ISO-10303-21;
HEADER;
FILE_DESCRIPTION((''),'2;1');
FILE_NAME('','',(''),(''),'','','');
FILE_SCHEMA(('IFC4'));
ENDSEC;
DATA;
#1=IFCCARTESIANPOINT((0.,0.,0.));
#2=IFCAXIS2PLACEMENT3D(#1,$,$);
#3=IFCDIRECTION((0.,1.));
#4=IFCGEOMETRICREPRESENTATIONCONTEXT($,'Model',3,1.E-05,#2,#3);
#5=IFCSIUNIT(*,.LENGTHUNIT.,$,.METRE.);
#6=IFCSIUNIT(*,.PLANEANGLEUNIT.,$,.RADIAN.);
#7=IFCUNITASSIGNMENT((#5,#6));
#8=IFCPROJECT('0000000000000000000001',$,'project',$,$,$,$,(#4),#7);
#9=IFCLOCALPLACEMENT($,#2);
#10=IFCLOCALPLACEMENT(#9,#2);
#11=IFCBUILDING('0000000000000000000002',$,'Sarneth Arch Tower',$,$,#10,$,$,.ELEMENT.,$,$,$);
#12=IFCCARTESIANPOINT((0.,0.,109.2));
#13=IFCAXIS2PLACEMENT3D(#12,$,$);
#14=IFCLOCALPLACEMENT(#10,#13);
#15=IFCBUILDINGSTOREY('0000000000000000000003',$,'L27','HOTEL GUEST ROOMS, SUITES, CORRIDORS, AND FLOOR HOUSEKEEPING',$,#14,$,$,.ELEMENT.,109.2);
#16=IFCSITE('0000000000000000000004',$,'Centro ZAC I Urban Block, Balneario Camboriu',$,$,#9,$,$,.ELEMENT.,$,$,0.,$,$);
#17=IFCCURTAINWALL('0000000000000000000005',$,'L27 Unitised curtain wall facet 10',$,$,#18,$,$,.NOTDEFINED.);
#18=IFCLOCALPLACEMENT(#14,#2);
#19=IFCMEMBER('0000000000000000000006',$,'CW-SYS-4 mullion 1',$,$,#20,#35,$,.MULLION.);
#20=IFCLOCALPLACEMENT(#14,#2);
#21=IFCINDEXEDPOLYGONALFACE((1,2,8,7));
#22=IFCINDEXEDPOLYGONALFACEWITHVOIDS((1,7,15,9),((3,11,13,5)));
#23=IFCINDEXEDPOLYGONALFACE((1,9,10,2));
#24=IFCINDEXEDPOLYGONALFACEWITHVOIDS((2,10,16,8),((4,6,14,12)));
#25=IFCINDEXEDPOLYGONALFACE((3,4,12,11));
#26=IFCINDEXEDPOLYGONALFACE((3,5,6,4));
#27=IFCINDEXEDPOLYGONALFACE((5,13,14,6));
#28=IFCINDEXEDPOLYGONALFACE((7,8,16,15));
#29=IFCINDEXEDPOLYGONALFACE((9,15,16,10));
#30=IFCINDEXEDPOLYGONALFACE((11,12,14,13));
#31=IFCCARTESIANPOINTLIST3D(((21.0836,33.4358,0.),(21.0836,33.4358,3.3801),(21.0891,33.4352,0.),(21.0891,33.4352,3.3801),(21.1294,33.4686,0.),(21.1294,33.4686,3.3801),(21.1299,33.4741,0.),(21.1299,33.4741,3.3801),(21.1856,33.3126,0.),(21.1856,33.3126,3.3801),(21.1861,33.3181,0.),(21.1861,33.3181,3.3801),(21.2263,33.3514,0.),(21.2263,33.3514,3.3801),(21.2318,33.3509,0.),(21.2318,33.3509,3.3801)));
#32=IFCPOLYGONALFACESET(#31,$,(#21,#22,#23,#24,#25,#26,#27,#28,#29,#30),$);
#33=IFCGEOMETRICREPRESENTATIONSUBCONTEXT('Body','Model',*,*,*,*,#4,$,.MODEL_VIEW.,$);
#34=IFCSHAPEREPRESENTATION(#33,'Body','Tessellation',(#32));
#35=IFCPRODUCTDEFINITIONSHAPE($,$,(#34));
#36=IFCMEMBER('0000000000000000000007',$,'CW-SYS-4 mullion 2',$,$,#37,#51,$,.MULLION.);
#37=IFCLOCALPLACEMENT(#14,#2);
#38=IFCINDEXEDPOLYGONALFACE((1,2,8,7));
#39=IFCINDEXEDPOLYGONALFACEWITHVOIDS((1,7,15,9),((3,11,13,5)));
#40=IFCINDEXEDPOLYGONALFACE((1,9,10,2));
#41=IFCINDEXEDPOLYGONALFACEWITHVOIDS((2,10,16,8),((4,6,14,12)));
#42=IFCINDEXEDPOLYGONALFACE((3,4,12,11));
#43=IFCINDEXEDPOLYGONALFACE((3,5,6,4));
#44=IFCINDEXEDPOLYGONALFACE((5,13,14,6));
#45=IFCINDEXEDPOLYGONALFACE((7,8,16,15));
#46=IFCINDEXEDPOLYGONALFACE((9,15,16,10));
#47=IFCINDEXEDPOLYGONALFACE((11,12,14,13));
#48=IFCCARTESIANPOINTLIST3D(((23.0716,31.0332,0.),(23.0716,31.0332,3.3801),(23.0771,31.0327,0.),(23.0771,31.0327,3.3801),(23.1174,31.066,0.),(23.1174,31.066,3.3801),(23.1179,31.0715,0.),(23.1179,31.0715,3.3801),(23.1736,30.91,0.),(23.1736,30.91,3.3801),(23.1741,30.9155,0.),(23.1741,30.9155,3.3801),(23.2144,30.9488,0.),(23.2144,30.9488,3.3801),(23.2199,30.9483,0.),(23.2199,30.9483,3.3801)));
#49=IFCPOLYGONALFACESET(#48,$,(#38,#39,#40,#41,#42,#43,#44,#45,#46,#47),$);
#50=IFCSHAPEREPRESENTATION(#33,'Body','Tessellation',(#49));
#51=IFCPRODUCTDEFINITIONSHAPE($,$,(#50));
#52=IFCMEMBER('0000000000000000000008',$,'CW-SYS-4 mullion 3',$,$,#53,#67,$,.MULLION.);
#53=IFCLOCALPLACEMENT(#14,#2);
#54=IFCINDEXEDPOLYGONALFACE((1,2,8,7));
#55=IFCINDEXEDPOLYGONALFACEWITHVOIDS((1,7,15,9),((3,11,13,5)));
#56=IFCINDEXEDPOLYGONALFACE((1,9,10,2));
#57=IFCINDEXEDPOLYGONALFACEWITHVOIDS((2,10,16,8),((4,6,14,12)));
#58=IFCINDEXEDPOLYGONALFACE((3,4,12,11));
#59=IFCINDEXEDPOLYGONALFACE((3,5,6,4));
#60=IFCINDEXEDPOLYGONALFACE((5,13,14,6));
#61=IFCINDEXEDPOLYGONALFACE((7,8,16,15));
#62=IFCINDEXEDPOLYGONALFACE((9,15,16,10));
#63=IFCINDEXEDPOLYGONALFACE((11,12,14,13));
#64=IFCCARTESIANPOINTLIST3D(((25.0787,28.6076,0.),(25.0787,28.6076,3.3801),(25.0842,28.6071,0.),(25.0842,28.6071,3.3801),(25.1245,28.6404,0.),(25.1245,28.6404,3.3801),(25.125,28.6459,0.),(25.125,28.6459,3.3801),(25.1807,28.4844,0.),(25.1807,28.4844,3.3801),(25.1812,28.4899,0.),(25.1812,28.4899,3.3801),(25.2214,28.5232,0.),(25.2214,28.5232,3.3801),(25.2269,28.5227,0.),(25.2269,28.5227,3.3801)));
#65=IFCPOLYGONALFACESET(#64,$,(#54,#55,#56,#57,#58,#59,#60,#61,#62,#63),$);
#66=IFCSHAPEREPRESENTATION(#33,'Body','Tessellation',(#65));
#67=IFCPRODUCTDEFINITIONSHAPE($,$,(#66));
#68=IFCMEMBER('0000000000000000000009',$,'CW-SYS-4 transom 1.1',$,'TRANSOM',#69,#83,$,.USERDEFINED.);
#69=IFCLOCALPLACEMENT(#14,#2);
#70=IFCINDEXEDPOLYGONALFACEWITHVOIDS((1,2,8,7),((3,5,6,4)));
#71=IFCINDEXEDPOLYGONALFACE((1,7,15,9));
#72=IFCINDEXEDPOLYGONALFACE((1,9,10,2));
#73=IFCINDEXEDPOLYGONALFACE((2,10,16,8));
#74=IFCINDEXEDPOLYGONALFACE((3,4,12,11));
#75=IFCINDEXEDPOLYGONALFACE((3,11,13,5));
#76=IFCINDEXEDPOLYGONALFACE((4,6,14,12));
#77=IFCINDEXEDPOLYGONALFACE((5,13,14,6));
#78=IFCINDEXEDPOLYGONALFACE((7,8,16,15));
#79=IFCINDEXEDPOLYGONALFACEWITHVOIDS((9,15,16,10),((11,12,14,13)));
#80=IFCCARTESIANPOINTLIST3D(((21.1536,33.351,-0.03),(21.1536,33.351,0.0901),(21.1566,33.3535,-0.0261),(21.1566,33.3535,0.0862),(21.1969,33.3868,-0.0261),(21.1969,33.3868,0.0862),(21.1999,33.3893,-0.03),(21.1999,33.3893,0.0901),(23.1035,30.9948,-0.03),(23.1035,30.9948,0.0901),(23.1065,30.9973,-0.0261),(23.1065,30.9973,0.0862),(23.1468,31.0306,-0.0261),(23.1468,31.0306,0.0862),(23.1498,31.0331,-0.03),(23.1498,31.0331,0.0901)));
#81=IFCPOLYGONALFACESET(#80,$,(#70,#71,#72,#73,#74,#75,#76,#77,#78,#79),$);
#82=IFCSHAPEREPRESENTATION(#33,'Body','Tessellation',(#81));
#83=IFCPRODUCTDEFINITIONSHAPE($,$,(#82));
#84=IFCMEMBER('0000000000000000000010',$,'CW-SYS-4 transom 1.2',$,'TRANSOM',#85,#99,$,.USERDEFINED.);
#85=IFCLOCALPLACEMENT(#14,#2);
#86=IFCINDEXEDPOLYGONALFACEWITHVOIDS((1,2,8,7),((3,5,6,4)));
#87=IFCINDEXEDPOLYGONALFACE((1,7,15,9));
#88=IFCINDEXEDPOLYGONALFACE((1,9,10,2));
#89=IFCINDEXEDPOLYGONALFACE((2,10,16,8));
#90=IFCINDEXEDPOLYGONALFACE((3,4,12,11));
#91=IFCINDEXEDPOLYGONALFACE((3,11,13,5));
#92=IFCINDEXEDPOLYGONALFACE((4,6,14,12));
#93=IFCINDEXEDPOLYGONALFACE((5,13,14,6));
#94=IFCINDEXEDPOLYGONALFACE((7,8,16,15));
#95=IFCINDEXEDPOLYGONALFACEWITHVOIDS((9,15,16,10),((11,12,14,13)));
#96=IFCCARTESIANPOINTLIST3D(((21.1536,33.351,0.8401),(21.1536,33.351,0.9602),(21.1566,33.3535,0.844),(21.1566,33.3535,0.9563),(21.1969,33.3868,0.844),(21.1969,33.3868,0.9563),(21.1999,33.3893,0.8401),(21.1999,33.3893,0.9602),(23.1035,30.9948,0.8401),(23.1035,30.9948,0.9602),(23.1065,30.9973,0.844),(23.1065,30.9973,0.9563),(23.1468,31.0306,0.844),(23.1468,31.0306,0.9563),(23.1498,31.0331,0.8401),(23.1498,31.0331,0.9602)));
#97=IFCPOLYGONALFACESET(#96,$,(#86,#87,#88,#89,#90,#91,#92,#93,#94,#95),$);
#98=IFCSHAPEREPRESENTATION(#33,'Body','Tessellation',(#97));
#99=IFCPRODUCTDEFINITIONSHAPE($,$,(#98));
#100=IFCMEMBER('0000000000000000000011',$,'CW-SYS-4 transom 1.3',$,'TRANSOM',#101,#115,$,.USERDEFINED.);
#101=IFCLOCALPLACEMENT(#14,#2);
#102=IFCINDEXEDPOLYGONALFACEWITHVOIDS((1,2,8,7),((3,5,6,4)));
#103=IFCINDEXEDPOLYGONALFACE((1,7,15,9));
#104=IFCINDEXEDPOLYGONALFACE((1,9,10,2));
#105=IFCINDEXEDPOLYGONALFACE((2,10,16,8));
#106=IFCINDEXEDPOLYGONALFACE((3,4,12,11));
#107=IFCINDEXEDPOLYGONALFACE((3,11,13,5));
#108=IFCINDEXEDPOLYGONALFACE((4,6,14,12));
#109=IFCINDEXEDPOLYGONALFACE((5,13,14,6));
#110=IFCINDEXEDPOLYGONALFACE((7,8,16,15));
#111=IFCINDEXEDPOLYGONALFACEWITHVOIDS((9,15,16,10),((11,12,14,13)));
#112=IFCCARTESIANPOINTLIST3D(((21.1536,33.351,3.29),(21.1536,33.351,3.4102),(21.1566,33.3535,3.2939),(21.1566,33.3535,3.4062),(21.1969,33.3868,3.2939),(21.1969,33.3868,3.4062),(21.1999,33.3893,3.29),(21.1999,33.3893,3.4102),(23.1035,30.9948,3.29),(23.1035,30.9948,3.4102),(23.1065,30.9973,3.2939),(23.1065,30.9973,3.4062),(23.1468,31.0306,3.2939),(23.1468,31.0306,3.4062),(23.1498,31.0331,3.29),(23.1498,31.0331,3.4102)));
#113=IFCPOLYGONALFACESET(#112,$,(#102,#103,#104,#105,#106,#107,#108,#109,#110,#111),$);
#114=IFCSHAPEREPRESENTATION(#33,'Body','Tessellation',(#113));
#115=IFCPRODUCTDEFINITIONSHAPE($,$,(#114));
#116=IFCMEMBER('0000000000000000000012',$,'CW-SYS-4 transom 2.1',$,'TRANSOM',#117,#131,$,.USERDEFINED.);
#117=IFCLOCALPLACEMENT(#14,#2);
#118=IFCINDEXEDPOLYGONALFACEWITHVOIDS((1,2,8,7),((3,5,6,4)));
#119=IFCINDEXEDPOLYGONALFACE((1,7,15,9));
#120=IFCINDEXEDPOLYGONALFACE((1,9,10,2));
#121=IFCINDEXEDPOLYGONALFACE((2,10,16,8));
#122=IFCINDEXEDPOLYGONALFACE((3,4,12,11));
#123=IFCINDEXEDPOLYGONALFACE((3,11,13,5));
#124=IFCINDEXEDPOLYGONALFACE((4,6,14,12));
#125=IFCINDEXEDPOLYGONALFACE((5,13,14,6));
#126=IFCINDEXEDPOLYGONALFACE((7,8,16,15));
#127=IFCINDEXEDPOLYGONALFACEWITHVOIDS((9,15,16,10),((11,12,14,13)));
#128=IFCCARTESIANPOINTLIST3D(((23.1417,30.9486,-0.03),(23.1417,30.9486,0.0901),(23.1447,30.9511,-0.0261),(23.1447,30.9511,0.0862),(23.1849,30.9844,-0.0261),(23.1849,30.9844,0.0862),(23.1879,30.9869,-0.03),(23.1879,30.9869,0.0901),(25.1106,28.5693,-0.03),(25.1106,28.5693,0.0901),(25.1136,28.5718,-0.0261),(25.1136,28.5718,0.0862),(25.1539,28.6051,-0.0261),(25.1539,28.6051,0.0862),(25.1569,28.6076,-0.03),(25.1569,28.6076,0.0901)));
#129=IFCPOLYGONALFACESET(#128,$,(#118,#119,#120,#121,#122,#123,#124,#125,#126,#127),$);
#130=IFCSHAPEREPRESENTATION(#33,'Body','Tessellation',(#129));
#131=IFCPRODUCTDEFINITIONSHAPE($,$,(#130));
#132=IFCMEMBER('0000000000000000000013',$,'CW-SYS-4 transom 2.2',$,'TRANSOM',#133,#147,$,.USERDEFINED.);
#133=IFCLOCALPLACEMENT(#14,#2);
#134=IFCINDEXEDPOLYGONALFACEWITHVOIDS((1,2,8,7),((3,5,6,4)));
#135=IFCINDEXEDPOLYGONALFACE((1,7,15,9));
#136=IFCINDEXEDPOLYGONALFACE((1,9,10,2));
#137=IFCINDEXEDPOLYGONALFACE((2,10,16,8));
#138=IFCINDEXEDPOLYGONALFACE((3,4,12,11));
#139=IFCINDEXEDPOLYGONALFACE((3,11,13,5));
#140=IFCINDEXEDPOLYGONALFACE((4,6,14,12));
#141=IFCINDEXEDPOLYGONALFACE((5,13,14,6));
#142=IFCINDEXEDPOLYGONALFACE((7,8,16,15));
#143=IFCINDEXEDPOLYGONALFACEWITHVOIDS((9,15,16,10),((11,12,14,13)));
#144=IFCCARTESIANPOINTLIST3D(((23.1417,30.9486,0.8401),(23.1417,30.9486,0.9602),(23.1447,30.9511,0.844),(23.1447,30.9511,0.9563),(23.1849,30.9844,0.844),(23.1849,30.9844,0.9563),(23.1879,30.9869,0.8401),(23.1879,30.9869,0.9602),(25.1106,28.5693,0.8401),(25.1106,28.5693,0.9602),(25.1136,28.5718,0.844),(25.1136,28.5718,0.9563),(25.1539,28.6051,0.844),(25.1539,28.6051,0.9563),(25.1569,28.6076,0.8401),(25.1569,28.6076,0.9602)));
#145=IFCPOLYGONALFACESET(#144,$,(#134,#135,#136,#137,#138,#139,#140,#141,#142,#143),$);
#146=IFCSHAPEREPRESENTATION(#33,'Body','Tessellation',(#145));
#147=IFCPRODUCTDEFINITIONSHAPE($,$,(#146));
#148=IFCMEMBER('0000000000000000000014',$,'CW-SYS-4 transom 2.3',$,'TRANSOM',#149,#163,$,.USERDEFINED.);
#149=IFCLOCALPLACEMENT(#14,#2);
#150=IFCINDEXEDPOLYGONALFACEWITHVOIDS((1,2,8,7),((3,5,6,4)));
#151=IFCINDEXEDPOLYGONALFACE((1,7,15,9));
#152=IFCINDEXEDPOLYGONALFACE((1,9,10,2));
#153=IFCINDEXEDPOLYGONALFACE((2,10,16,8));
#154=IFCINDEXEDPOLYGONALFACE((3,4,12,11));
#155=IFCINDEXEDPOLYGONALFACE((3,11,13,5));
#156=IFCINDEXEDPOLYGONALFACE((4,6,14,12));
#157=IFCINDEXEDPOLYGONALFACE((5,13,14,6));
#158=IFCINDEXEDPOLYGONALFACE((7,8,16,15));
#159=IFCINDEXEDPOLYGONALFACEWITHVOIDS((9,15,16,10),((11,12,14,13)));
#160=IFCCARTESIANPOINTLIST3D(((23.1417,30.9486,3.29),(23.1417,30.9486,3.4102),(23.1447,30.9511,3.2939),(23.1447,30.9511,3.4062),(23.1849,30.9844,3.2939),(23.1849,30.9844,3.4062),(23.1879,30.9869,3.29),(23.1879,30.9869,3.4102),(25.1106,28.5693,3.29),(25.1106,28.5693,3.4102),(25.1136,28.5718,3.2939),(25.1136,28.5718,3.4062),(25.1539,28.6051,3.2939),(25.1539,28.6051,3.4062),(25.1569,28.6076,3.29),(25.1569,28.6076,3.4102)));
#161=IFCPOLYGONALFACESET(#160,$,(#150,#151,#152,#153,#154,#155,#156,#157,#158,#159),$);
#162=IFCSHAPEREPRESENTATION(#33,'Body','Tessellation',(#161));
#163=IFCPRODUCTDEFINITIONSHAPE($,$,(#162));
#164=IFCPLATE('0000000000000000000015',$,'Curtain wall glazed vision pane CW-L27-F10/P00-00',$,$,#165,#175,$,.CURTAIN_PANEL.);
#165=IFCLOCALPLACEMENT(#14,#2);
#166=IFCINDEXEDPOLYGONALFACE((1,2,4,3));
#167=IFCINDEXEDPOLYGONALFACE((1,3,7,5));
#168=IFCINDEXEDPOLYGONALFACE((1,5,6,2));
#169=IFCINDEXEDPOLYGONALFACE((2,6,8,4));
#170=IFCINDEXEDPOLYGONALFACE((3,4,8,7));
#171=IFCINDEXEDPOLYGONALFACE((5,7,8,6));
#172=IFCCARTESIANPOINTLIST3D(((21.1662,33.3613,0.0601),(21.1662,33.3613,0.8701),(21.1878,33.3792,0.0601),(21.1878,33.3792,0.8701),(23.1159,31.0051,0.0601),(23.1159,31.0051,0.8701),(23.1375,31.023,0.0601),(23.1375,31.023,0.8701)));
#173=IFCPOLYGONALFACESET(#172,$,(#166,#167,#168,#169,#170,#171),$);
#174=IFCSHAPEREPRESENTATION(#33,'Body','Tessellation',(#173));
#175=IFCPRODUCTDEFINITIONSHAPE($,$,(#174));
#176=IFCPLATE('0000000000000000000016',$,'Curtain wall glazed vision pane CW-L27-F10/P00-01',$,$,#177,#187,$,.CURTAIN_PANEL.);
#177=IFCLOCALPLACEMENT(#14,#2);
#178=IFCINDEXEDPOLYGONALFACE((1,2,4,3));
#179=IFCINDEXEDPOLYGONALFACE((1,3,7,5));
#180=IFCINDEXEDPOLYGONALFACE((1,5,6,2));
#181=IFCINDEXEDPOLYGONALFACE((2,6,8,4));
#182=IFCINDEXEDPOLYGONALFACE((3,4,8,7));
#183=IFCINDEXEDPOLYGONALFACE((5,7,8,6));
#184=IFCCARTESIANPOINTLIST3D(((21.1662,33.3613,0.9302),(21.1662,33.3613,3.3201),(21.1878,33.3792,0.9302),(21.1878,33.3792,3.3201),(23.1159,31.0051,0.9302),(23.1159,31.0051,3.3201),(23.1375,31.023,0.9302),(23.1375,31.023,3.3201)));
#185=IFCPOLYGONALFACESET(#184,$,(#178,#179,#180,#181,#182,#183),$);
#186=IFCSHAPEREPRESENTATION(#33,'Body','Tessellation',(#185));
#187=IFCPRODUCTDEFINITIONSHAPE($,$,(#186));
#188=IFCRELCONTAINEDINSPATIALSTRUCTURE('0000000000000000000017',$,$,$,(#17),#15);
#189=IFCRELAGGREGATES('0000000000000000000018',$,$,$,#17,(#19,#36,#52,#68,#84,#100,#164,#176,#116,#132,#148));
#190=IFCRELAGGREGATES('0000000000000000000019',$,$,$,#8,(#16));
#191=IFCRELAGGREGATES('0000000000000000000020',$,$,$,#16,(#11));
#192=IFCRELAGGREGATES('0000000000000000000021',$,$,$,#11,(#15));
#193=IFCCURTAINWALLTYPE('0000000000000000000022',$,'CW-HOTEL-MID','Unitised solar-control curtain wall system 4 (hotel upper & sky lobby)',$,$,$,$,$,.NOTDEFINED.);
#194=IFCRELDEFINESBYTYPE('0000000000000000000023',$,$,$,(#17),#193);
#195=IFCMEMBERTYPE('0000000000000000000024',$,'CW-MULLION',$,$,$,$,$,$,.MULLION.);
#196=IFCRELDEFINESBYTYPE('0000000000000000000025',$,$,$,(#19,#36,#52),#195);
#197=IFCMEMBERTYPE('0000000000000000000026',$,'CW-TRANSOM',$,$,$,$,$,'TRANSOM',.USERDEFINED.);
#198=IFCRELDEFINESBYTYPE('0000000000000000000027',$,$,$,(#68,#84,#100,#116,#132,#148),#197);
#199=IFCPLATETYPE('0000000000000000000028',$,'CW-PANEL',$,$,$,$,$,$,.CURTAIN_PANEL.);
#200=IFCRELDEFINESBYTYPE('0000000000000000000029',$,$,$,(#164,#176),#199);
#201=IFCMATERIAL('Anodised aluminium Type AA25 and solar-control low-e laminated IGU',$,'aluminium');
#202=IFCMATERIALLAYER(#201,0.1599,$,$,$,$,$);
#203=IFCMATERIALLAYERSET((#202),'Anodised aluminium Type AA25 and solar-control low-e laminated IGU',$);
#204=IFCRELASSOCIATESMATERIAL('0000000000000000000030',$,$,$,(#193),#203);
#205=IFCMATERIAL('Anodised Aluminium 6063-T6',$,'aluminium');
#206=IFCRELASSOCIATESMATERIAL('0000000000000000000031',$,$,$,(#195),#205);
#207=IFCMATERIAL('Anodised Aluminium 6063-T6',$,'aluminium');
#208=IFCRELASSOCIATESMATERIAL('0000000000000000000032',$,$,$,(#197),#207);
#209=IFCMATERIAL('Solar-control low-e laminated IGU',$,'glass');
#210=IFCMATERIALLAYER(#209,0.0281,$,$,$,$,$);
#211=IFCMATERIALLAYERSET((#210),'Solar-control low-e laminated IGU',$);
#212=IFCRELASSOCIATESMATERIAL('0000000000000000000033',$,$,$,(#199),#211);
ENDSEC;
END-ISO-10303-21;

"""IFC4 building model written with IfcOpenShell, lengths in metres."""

from ifc_helpers import new_model, si_unit, direction, frame, origin, origin_2d, place, context, subcontext, project, spatial, rectangle, hollow_rectangle, extrude, material, layer, layer_set, material_profile, profile_set, type_object, element, aggregate, save


model = new_model("IFC4")

# Units and contexts
model_context = context("Model", 3, precision=1e-05, world=origin(), true_north=direction((0.0, 1.0)))
body_context = subcontext(model_context, "Body", "Model", "MODEL_VIEW")
ifc_project = project(units=[si_unit("LENGTHUNIT", "METRE"), si_unit("PLANEANGLEUNIT", "RADIAN")], contexts=[model_context])

# Site, building, storey
site_placement = place(None, origin())
site = spatial("IfcSite", under=ifc_project, at=site_placement, Name="Centro ZAC I Urban Block, Balneario Camboriu", CompositionType="ELEMENT", RefElevation=0.0)
building_placement = place(site_placement, origin())
building = spatial("IfcBuilding", under=site, at=building_placement, Name="Sarneth Arch Tower", CompositionType="ELEMENT")
storey_placement = place(building_placement, frame((0.0, 0.0, 109.2)))
storey = spatial("IfcBuildingStorey", under=building, at=storey_placement, Name="L27", Description="HOTEL GUEST ROOMS, SUITES, CORRIDORS, AND FLOOR HOUSEKEEPING", CompositionType="ELEMENT", Elevation=109.2)

# Curtain wall, members, plates
ifc_material_1 = material(Name="Anodised aluminium Type AA25 and solar-control low-e laminated IGU", Category="aluminium")
ifc_layer_1 = layer(ifc_material_1, 0.1599)
ifc_layer_set_1 = layer_set([ifc_layer_1], Name="Anodised aluminium Type AA25 and solar-control low-e laminated IGU")
curtain_wall_type = type_object("IfcCurtainWallType", Name="CW-HOTEL-MID", Description="Unitised solar-control curtain wall system 4 (hotel upper & sky lobby)", PredefinedType="NOTDEFINED", material=ifc_layer_set_1)
curtain_wall_placement = place(storey_placement, origin())
curtain_wall = element("IfcCurtainWall", 1, at=curtain_wall_placement, inside=storey, type_object=curtain_wall_type, Name="L27 Unitised curtain wall facet 10", PredefinedType="NOTDEFINED")
ifc_material_2 = material(Name="Anodised Aluminium 6063-T6", Category="aluminium")
ifc_material_profile_1 = material_profile(ifc_material_2, hollow_rectangle(XDim=0.0601, YDim=0.1599, WallThickness=0.0039, at=origin_2d()), Name="AL-MULL-160x60x4")
ifc_profile_set_1 = profile_set([ifc_material_profile_1], Name="Anodised Aluminium 6063-T6")
member_type_1 = type_object("IfcMemberType", Name="CW-MULLION", PredefinedType="MULLION", material=ifc_profile_set_1)
member_1_placement = place(storey_placement, frame((21.1577, 33.3933, 0.0), z_axis=(0.0, 0.0, 1.0), x_axis=(0.770438, 0.637515, 0.0)))
member_1 = element("IfcMember", 2, at=member_1_placement, type_object=member_type_1, Name="CW-SYS-4 mullion 1", PredefinedType="MULLION", context=body_context, shape_type="SweptSolid", body=[
    extrude(hollow_rectangle(XDim=0.0601, YDim=0.1599, WallThickness=0.0039, at=origin_2d()), origin(), (0.0, 0.0, 1.0), 3.3801),
])
member_2_placement = place(storey_placement, frame((23.1458, 30.9907, 0.0), z_axis=(0.0, 0.0, 1.0), x_axis=(0.770438, 0.637515, 0.0)))
member_2 = element("IfcMember", 3, at=member_2_placement, type_object=member_type_1, Name="CW-SYS-4 mullion 2", PredefinedType="MULLION", context=body_context, shape_type="SweptSolid", body=[
    extrude(hollow_rectangle(XDim=0.0601, YDim=0.1599, WallThickness=0.0039, at=origin_2d()), origin(), (0.0, 0.0, 1.0), 3.3801),
])
member_3_placement = place(storey_placement, frame((25.1528, 28.5652, 0.0), z_axis=(0.0, 0.0, 1.0), x_axis=(0.770438, 0.637515, 0.0)))
member_3 = element("IfcMember", 4, at=member_3_placement, type_object=member_type_1, Name="CW-SYS-4 mullion 3", PredefinedType="MULLION", context=body_context, shape_type="SweptSolid", body=[
    extrude(hollow_rectangle(XDim=0.0601, YDim=0.1599, WallThickness=0.0039, at=origin_2d()), origin(), (0.0, 0.0, 1.0), 3.3801),
])
ifc_material_3 = material(Name="Anodised Aluminium 6063-T6", Category="aluminium")
ifc_material_profile_2 = material_profile(ifc_material_3, hollow_rectangle(XDim=0.0601, YDim=0.1201, WallThickness=0.0039, at=origin_2d()), Name="AL-TRAN-120x60x4")
ifc_profile_set_2 = profile_set([ifc_material_profile_2], Name="Anodised Aluminium 6063-T6")
member_type_2 = type_object("IfcMemberType", Name="CW-TRANSOM", ElementType="TRANSOM", PredefinedType="USERDEFINED", material=ifc_profile_set_2)
member_4_placement = place(storey_placement, frame((21.1768, 33.3701, 0.03), z_axis=(0.637566, -0.770396, 0.0), x_axis=(0.770396, 0.637566, 0.0)))
member_4 = element("IfcMember", 5, at=member_4_placement, type_object=member_type_2, Name="CW-SYS-4 transom 1.1", ObjectType="TRANSOM", PredefinedType="USERDEFINED", context=body_context, shape_type="SweptSolid", body=[
    extrude(hollow_rectangle(XDim=0.0601, YDim=0.1201, WallThickness=0.0039, at=origin_2d()), origin(), (0.0, 0.0, 1.0), 3.0583),
])
member_5_placement = place(storey_placement, frame((21.1768, 33.3701, 0.9001), z_axis=(0.637566, -0.770396, 0.0), x_axis=(0.770396, 0.637566, 0.0)))
member_5 = element("IfcMember", 6, at=member_5_placement, type_object=member_type_2, Name="CW-SYS-4 transom 1.2", ObjectType="TRANSOM", PredefinedType="USERDEFINED", context=body_context, shape_type="SweptSolid", body=[
    extrude(hollow_rectangle(XDim=0.0601, YDim=0.1201, WallThickness=0.0039, at=origin_2d()), origin(), (0.0, 0.0, 1.0), 3.0583),
])
member_6_placement = place(storey_placement, frame((21.1768, 33.3701, 3.3501), z_axis=(0.637566, -0.770396, 0.0), x_axis=(0.770396, 0.637566, 0.0)))
member_6 = element("IfcMember", 7, at=member_6_placement, type_object=member_type_2, Name="CW-SYS-4 transom 1.3", ObjectType="TRANSOM", PredefinedType="USERDEFINED", context=body_context, shape_type="SweptSolid", body=[
    extrude(hollow_rectangle(XDim=0.0601, YDim=0.1201, WallThickness=0.0039, at=origin_2d()), origin(), (0.0, 0.0, 1.0), 3.0583),
])
member_7_placement = place(storey_placement, frame((23.1648, 30.9678, 0.03), z_axis=(0.637537, -0.77042, 0.0), x_axis=(0.77042, 0.637537, 0.0)))
member_7 = element("IfcMember", 8, at=member_7_placement, type_object=member_type_2, Name="CW-SYS-4 transom 2.1", ObjectType="TRANSOM", PredefinedType="USERDEFINED", context=body_context, shape_type="SweptSolid", body=[
    extrude(hollow_rectangle(XDim=0.0601, YDim=0.1201, WallThickness=0.0039, at=origin_2d()), origin(), (0.0, 0.0, 1.0), 3.0884),
])
member_8_placement = place(storey_placement, frame((23.1648, 30.9678, 0.9001), z_axis=(0.637537, -0.77042, 0.0), x_axis=(0.77042, 0.637537, 0.0)))
member_8 = element("IfcMember", 9, at=member_8_placement, type_object=member_type_2, Name="CW-SYS-4 transom 2.2", ObjectType="TRANSOM", PredefinedType="USERDEFINED", context=body_context, shape_type="SweptSolid", body=[
    extrude(hollow_rectangle(XDim=0.0601, YDim=0.1201, WallThickness=0.0039, at=origin_2d()), origin(), (0.0, 0.0, 1.0), 3.0884),
])
member_9_placement = place(storey_placement, frame((23.1648, 30.9678, 3.3501), z_axis=(0.637537, -0.77042, 0.0), x_axis=(0.77042, 0.637537, 0.0)))
member_9 = element("IfcMember", 10, at=member_9_placement, type_object=member_type_2, Name="CW-SYS-4 transom 2.3", ObjectType="TRANSOM", PredefinedType="USERDEFINED", context=body_context, shape_type="SweptSolid", body=[
    extrude(hollow_rectangle(XDim=0.0601, YDim=0.1201, WallThickness=0.0039, at=origin_2d()), origin(), (0.0, 0.0, 1.0), 3.0884),
])
ifc_material_4 = material(Name="Solar-control low-e laminated IGU", Category="glass")
ifc_layer_2 = layer(ifc_material_4, 0.0281)
ifc_layer_set_2 = layer_set([ifc_layer_2], Name="Solar-control low-e laminated IGU")
plate_type_1 = type_object("IfcPlateType", Name="CW-PANEL", PredefinedType="CURTAIN_PANEL", material=ifc_layer_set_2)
plate_1_placement = place(storey_placement, frame((22.1519, 32.1921, 0.0601), z_axis=(0.0, 0.0, 1.0), x_axis=(0.637515, -0.770438, 0.0)))
plate_1 = element("IfcPlate", 11, at=plate_1_placement, type_object=plate_type_1, Name="Curtain wall glazed vision pane CW-L27-F10/P00-00", PredefinedType="CURTAIN_PANEL", context=body_context, shape_type="SweptSolid", body=[
    extrude(rectangle(XDim=3.0583, YDim=0.0281, at=origin_2d()), origin(), (0.0, 0.0, 1.0), 0.8101),
])
plate_2_placement = place(storey_placement, frame((22.1519, 32.1921, 0.9302), z_axis=(0.0, 0.0, 1.0), x_axis=(0.637515, -0.770438, 0.0)))
plate_2 = element("IfcPlate", 12, at=plate_2_placement, type_object=plate_type_1, Name="Curtain wall glazed vision pane CW-L27-F10/P00-01", PredefinedType="CURTAIN_PANEL", context=body_context, shape_type="SweptSolid", body=[
    extrude(rectangle(XDim=3.0583, YDim=0.0281, at=origin_2d()), origin(), (0.0, 0.0, 1.0), 2.3899),
])
aggregate(curtain_wall, [member_1, member_2, member_3, member_4, member_5, member_6, plate_1, plate_2, member_7, member_8, member_9])

save(model, "model.ifc")
